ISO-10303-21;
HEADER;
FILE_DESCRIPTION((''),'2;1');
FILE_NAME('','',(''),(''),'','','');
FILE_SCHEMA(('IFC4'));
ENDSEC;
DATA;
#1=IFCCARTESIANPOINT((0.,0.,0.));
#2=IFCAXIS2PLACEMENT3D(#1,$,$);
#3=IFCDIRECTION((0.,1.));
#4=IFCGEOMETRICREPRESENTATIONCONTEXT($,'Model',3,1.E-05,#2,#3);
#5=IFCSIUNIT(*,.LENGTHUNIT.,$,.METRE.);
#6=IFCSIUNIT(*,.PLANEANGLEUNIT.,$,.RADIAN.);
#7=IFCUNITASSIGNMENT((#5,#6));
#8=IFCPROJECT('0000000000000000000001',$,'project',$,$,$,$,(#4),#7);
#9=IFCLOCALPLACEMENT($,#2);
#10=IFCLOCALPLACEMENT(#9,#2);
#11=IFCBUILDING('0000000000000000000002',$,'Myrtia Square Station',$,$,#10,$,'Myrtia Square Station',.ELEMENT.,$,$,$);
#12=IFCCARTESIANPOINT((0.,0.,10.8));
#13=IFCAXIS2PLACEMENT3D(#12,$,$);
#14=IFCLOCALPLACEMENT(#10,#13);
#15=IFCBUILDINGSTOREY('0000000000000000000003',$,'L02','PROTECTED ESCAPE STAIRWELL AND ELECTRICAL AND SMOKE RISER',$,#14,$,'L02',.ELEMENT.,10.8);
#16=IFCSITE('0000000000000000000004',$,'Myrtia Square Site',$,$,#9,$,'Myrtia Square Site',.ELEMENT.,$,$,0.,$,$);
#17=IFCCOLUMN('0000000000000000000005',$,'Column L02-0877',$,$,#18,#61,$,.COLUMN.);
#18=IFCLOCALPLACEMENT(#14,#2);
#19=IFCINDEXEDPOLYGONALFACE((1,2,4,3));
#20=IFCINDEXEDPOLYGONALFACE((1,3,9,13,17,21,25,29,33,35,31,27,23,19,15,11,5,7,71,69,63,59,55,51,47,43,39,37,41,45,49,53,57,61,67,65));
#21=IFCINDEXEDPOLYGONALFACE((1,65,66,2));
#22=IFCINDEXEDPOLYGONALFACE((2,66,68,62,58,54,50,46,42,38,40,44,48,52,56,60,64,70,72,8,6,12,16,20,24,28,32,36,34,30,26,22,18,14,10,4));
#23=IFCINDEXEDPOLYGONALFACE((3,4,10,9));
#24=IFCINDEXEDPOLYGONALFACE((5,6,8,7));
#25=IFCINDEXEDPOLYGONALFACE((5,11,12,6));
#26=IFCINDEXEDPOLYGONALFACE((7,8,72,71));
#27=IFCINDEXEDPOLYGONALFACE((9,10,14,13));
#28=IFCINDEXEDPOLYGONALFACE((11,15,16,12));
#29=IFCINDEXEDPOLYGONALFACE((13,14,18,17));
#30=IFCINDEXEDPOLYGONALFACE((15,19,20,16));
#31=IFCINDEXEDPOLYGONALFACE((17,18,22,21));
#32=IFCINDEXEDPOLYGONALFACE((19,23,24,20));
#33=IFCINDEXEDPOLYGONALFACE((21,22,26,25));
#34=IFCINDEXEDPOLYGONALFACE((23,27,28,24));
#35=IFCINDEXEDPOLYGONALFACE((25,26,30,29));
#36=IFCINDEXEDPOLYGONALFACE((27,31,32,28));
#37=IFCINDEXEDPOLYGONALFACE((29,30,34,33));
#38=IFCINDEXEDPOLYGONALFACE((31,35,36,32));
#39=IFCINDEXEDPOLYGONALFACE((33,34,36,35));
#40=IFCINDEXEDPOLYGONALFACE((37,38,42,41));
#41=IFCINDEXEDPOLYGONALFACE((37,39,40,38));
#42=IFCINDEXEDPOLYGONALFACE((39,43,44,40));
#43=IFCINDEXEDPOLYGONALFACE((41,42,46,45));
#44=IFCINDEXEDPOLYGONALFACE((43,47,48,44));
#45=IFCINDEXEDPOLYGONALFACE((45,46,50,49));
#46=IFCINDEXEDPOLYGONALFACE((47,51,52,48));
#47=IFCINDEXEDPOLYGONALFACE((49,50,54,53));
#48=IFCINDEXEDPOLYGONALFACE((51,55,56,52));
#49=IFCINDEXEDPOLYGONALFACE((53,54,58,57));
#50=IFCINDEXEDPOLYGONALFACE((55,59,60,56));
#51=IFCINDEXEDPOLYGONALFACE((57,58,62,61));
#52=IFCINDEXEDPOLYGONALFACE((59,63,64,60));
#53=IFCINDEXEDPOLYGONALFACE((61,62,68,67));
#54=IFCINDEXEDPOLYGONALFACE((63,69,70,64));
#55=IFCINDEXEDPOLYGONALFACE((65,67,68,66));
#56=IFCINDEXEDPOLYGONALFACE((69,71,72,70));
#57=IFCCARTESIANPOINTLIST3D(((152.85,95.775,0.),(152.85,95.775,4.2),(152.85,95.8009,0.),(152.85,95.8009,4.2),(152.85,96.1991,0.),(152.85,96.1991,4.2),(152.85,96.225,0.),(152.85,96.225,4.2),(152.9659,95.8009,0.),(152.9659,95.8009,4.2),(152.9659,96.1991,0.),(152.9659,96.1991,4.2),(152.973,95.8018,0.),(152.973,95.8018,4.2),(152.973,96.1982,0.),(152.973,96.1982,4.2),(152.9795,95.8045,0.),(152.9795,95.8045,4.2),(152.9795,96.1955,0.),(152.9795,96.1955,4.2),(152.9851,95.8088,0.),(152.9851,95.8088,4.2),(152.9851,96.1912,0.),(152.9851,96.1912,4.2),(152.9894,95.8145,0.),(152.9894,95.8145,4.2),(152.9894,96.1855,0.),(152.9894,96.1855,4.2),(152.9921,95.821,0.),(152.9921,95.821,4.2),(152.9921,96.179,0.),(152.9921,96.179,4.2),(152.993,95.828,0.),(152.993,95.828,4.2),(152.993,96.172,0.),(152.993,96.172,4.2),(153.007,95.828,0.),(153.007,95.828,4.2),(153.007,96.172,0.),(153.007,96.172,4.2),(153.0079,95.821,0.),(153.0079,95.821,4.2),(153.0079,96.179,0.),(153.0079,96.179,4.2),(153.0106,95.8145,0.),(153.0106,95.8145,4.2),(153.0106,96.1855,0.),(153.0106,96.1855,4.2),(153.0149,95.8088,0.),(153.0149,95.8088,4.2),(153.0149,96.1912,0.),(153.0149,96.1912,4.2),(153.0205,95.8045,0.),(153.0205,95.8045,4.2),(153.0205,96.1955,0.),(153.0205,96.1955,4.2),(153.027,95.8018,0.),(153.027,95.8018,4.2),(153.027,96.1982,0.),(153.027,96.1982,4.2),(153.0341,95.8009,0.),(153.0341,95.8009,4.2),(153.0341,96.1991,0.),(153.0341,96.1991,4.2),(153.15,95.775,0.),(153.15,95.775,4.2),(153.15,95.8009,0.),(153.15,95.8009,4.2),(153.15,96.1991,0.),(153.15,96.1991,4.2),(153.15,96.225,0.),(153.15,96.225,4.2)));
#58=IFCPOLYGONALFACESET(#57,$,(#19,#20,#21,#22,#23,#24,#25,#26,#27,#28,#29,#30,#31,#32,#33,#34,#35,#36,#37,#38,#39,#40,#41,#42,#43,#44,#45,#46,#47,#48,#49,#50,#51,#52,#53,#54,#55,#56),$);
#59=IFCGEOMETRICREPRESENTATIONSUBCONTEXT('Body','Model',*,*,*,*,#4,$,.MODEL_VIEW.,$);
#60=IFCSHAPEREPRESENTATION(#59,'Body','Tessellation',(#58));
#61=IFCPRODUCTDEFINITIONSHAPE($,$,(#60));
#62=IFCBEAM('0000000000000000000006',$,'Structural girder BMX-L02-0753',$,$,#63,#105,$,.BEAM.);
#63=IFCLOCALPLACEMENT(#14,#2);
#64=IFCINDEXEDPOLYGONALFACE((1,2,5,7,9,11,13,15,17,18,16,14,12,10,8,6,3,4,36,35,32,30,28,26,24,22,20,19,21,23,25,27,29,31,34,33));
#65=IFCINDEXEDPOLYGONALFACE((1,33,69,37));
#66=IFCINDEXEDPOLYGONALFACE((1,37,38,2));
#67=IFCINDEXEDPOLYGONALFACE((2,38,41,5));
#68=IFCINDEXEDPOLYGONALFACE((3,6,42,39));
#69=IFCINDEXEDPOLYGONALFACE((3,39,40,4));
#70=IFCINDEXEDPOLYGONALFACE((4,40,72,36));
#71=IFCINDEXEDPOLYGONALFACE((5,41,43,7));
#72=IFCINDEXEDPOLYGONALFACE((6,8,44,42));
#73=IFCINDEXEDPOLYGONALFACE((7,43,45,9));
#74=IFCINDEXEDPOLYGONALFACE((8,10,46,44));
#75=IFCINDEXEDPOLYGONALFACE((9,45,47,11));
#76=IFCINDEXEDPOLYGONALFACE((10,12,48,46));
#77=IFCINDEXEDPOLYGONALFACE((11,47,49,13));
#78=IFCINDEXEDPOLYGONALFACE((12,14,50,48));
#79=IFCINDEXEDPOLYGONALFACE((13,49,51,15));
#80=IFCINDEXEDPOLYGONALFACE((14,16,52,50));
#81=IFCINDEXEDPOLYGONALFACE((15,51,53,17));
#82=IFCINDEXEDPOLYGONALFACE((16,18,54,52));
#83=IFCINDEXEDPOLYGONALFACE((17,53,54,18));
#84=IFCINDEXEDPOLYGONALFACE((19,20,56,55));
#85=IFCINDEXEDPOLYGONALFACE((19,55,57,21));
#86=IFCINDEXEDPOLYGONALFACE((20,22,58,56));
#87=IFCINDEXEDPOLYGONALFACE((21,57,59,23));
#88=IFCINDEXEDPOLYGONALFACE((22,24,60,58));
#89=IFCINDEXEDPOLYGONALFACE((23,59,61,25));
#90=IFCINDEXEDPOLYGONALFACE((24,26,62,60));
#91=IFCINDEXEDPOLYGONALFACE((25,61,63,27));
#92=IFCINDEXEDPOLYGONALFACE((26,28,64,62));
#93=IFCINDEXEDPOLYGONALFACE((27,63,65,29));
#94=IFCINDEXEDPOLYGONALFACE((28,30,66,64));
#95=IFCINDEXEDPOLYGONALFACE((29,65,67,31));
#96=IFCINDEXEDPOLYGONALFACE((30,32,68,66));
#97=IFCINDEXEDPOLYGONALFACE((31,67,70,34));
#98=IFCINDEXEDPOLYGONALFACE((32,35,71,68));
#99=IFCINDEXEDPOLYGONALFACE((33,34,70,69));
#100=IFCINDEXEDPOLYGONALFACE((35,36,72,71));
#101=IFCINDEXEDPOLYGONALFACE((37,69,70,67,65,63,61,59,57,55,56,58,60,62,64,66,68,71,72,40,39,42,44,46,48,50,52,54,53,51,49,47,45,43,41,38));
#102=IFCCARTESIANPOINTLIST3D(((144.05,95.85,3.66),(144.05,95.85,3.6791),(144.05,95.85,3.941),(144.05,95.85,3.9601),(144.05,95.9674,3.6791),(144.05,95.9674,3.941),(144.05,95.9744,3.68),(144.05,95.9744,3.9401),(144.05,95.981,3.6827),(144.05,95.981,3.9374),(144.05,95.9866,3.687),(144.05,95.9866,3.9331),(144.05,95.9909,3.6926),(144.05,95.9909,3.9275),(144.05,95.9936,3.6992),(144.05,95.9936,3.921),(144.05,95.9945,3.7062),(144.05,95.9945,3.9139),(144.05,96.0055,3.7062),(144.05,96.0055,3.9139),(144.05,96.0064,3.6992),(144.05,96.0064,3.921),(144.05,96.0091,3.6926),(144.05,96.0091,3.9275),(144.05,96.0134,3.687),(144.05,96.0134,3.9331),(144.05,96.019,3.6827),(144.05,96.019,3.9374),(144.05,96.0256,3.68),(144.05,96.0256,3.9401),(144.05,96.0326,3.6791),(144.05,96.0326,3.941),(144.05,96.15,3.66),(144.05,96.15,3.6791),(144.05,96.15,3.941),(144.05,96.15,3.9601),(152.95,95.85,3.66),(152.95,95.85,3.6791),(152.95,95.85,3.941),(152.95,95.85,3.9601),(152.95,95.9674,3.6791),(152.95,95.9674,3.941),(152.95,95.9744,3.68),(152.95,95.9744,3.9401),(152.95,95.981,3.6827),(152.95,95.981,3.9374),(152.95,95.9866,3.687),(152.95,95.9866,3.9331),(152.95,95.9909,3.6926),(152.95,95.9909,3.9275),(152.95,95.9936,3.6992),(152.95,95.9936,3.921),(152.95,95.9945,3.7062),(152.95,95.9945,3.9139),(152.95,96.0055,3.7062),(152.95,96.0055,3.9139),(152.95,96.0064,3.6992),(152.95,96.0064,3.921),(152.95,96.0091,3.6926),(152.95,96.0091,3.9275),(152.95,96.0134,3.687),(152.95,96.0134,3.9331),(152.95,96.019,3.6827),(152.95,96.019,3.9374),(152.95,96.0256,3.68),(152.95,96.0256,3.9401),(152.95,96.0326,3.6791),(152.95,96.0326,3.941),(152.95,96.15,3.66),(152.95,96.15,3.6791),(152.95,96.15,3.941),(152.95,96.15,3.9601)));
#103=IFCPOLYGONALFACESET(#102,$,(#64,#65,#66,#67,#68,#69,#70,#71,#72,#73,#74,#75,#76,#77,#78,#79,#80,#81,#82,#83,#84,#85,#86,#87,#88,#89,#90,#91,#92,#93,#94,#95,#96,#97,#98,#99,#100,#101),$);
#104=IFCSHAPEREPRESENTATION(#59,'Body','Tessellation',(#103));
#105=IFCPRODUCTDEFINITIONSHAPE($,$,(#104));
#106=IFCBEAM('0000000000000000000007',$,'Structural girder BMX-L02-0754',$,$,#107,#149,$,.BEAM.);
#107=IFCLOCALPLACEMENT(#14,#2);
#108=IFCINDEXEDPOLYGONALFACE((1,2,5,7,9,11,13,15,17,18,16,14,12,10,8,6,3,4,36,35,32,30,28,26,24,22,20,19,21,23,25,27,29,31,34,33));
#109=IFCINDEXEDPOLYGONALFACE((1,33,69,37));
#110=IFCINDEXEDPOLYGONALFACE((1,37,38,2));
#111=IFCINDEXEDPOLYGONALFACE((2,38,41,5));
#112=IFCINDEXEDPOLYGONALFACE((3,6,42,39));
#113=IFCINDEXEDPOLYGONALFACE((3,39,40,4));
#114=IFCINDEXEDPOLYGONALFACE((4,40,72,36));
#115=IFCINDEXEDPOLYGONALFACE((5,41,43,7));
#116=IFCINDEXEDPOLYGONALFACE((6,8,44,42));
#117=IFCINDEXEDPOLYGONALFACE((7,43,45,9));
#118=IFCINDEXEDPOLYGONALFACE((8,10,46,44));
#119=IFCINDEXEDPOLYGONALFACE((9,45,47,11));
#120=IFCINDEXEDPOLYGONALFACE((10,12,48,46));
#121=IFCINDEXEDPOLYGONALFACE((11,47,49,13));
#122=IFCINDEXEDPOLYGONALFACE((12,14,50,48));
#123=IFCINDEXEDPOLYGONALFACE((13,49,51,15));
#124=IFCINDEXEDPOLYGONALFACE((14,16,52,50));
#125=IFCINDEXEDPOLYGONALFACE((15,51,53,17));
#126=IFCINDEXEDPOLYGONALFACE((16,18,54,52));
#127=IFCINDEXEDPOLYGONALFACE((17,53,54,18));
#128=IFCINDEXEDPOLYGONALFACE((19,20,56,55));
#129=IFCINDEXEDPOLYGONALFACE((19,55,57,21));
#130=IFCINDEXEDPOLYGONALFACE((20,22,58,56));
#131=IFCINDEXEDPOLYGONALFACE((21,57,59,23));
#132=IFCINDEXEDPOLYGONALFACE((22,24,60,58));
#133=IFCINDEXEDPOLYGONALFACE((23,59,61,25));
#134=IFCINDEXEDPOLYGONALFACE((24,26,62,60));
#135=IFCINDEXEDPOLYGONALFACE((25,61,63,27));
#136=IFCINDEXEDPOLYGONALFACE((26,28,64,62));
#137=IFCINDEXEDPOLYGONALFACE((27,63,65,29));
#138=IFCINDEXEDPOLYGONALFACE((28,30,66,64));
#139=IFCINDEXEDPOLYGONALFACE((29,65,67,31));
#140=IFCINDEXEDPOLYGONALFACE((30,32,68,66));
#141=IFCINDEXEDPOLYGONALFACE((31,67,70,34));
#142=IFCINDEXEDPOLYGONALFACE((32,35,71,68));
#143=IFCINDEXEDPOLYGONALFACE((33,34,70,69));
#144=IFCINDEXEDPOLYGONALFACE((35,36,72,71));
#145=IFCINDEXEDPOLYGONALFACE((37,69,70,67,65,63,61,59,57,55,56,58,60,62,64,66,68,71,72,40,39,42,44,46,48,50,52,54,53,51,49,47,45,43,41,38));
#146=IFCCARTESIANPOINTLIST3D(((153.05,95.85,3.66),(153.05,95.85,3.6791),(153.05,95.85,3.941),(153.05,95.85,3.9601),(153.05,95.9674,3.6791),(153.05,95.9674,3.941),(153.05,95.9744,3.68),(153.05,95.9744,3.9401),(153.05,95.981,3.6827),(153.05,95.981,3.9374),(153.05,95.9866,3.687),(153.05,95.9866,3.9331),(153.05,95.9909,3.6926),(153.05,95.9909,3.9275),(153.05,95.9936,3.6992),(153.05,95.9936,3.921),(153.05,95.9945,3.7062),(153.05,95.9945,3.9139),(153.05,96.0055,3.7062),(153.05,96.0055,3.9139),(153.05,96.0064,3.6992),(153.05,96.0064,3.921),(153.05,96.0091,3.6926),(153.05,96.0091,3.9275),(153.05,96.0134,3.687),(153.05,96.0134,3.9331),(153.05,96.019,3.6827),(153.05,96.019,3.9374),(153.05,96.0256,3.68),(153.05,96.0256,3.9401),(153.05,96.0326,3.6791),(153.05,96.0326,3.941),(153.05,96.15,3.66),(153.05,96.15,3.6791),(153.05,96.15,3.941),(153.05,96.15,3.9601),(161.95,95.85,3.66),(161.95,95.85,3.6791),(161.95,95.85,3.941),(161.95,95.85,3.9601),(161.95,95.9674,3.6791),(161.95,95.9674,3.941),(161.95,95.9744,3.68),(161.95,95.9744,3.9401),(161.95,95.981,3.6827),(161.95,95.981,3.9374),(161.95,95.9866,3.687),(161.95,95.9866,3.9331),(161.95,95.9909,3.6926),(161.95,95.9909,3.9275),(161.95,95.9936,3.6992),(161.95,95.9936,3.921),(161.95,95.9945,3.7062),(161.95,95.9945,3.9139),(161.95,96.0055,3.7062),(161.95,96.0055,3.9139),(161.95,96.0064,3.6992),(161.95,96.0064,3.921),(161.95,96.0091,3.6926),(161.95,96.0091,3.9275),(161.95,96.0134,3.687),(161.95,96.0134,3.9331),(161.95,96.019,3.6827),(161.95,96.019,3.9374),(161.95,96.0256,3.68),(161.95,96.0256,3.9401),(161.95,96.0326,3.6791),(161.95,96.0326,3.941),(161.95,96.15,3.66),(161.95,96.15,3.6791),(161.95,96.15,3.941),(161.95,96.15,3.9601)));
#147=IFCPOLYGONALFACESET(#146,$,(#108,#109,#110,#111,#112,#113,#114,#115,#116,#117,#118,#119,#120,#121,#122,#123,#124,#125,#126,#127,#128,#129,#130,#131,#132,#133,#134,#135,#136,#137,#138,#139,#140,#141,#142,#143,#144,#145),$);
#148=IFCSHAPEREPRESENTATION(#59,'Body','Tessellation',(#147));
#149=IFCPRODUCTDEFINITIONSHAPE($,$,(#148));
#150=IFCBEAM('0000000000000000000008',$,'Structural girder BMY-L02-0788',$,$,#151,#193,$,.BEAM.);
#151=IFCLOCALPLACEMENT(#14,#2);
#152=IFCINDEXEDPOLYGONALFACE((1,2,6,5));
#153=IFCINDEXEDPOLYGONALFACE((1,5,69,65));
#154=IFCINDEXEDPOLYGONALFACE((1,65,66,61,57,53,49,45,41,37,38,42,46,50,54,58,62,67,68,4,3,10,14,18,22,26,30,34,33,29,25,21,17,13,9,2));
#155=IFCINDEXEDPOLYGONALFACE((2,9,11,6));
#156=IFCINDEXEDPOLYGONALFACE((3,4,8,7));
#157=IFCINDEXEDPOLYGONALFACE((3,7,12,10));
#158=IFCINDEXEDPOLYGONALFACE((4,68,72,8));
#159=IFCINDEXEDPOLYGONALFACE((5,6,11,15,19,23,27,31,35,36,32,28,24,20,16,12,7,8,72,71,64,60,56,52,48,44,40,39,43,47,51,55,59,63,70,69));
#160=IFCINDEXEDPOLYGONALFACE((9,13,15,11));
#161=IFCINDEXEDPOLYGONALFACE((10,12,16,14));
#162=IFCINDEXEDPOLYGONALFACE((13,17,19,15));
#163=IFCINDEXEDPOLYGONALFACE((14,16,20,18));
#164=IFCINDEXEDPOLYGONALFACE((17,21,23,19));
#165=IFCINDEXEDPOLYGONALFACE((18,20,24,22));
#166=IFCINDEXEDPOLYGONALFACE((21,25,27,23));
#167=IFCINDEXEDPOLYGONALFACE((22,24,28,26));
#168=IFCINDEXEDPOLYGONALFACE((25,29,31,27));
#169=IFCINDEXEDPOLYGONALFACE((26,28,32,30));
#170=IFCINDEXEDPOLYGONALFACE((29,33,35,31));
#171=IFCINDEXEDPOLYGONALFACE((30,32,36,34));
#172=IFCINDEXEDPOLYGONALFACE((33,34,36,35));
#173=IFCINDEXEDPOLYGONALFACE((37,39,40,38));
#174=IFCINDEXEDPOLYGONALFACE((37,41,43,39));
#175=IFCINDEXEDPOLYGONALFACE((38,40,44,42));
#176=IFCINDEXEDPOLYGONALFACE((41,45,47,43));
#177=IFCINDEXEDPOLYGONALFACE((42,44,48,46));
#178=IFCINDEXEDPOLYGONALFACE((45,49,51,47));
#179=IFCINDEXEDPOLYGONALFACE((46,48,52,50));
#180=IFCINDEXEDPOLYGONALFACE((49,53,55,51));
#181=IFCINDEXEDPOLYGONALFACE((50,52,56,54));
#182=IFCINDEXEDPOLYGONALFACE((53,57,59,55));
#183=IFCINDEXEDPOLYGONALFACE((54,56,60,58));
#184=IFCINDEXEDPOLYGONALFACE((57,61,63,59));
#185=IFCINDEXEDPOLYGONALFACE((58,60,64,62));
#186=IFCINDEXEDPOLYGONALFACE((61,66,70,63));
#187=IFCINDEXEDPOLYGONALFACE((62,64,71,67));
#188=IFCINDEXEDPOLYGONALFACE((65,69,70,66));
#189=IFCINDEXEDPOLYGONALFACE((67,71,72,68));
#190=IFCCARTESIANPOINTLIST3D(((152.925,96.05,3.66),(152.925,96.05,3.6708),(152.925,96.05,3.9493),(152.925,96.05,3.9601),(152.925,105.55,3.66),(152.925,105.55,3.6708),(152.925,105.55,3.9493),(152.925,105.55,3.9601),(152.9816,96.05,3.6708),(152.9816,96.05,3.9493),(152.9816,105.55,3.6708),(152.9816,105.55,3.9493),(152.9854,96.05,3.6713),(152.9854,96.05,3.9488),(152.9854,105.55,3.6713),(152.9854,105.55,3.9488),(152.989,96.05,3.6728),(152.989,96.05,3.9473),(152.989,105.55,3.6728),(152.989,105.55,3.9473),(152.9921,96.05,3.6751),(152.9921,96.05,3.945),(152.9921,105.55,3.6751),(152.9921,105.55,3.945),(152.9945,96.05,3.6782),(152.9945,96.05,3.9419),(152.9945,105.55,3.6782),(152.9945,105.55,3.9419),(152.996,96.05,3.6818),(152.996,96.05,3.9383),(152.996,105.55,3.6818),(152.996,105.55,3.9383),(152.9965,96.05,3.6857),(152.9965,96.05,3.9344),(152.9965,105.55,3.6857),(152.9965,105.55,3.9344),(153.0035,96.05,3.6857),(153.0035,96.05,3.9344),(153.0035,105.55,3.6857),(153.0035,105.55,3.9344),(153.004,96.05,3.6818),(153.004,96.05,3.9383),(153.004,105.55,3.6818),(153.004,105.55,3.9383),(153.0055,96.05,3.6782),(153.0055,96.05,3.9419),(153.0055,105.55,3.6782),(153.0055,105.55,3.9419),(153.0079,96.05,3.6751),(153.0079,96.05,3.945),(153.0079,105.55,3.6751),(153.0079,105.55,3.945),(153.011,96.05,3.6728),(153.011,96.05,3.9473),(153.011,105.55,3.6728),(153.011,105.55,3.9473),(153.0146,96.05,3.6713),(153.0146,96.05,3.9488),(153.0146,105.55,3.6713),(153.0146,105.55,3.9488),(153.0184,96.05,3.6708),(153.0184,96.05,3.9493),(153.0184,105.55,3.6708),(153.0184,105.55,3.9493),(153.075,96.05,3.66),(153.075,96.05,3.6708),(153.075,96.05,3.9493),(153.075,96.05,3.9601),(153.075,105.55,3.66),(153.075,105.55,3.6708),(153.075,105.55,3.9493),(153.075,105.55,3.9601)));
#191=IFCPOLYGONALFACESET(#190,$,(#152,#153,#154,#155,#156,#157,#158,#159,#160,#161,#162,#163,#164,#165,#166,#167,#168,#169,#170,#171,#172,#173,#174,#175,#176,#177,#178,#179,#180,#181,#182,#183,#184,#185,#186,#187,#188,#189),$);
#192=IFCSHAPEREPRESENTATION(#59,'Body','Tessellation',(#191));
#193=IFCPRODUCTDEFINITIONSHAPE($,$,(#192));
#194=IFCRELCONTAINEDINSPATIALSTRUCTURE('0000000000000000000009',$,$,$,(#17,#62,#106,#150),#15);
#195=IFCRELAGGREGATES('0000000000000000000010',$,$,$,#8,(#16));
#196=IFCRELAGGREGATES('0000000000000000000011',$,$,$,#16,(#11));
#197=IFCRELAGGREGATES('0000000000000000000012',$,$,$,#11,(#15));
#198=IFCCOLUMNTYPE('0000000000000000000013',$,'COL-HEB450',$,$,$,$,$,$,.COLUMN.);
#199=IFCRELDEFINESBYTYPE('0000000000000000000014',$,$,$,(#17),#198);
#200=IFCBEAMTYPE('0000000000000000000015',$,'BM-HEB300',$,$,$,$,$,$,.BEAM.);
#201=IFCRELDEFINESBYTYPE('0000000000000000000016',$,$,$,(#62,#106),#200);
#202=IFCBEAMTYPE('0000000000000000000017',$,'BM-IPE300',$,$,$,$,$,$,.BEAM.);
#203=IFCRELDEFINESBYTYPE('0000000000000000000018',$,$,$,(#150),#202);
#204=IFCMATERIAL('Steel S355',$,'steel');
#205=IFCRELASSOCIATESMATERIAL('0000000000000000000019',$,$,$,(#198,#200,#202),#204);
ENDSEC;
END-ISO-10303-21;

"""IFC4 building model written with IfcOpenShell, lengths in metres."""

from ifc_helpers import new_model, si_unit, direction, frame, origin, origin_2d, place, context, subcontext, project, spatial, i_section, extrude, material, material_profile, profile_set, type_object, element, save


model = new_model("IFC4")

# Units and contexts
model_context = context("Model", 3, precision=1e-05, world=origin(), true_north=direction((0.0, 1.0)))
body_context = subcontext(model_context, "Body", "Model", "MODEL_VIEW")
ifc_project = project(units=[si_unit("LENGTHUNIT", "METRE"), si_unit("PLANEANGLEUNIT", "RADIAN")], contexts=[model_context])

# Site, building, storey
site_placement = place(None, origin())
site = spatial("IfcSite", under=ifc_project, at=site_placement, Name="Myrtia Square Site", LongName="Myrtia Square Site", CompositionType="ELEMENT", RefElevation=0.0)
building_placement = place(site_placement, origin())
building = spatial("IfcBuilding", under=site, at=building_placement, Name="Myrtia Square Station", LongName="Myrtia Square Station", CompositionType="ELEMENT")
storey_placement = place(building_placement, frame((0.0, 0.0, 10.8)))
storey = spatial("IfcBuildingStorey", under=building, at=storey_placement, Name="L02", Description="PROTECTED ESCAPE STAIRWELL AND ELECTRICAL AND SMOKE RISER", LongName="L02", CompositionType="ELEMENT", Elevation=10.8)

# Column
ifc_material_1 = material(Name="Steel S355", Category="steel")
ifc_material_profile_1 = material_profile(ifc_material_1, i_section(OverallWidth=0.3, OverallDepth=0.45, WebThickness=0.0139, FlangeThickness=0.0259, FilletRadius=0.0271, at=origin_2d()), Name="HEB 450")
ifc_profile_set_1 = profile_set([ifc_material_profile_1], Name="Steel S355")
column_type = type_object("IfcColumnType", Name="COL-HEB450", PredefinedType="COLUMN", material=ifc_profile_set_1)
column_placement = place(storey_placement, frame((153.0, 96.0, 0.0), z_axis=(0.0, 0.0, 1.0), x_axis=(1.0, 0.0, 0.0)))
element("IfcColumn", 1, at=column_placement, inside=storey, type_object=column_type, Name="Column L02-0877", PredefinedType="COLUMN", context=body_context, shape_type="SweptSolid", body=[
    extrude(i_section(OverallWidth=0.3, OverallDepth=0.45, WebThickness=0.0139, FlangeThickness=0.0259, FilletRadius=0.0271, at=origin_2d()), origin(), (0.0, 0.0, 1.0), 4.2),
])

# Beams
ifc_material_profile_2 = material_profile(ifc_material_1, i_section(OverallWidth=0.3, OverallDepth=0.3, WebThickness=0.011, FlangeThickness=0.019, FilletRadius=0.0271, at=origin_2d()), Name="HEB 300")
ifc_profile_set_2 = profile_set([ifc_material_profile_2], Name="Steel S355")
beam_type_1 = type_object("IfcBeamType", Name="BM-HEB300", PredefinedType="BEAM", material=ifc_profile_set_2)
for number, where, z_axis, x_axis, name in (
    (2, (144.05, 96.0, 3.8101), (1.0, 0.0, 0.0), (0.0, 1.0, 0.0), "Structural girder BMX-L02-0753"),
    (3, (153.05, 96.0, 3.8101), (1.0, 0.0, 0.0), (0.0, 1.0, 0.0), "Structural girder BMX-L02-0754"),
):
    element("IfcBeam", number, at=place(storey_placement, frame(where, z_axis=z_axis, x_axis=x_axis)), inside=storey, type_object=beam_type_1, Name=name, PredefinedType="BEAM", context=body_context, shape_type="SweptSolid", body=[
        extrude(i_section(OverallWidth=0.3, OverallDepth=0.3, WebThickness=0.011, FlangeThickness=0.019, FilletRadius=0.0271, at=origin_2d()), origin(), (0.0, 0.0, 1.0), 8.8999),
    ])
ifc_material_profile_3 = material_profile(ifc_material_1, i_section(OverallWidth=0.1499, OverallDepth=0.3, WebThickness=0.0071, FlangeThickness=0.0107, FilletRadius=0.0149, at=origin_2d()), Name="IPE 300")
ifc_profile_set_3 = profile_set([ifc_material_profile_3], Name="Steel S355")
beam_type_2 = type_object("IfcBeamType", Name="BM-IPE300", PredefinedType="BEAM", material=ifc_profile_set_3)
beam_placement = place(storey_placement, frame((153.0, 96.05, 3.8101), z_axis=(0.0, 1.0, 0.0), x_axis=(-1.0, 0.0, 0.0)))
element("IfcBeam", 4, at=beam_placement, inside=storey, type_object=beam_type_2, Name="Structural girder BMY-L02-0788", PredefinedType="BEAM", context=body_context, shape_type="SweptSolid", body=[
    extrude(i_section(OverallWidth=0.1499, OverallDepth=0.3, WebThickness=0.0071, FlangeThickness=0.0107, FilletRadius=0.0149, at=origin_2d()), origin(), (0.0, 0.0, 1.0), 9.5),
])

save(model, "model.ifc")
